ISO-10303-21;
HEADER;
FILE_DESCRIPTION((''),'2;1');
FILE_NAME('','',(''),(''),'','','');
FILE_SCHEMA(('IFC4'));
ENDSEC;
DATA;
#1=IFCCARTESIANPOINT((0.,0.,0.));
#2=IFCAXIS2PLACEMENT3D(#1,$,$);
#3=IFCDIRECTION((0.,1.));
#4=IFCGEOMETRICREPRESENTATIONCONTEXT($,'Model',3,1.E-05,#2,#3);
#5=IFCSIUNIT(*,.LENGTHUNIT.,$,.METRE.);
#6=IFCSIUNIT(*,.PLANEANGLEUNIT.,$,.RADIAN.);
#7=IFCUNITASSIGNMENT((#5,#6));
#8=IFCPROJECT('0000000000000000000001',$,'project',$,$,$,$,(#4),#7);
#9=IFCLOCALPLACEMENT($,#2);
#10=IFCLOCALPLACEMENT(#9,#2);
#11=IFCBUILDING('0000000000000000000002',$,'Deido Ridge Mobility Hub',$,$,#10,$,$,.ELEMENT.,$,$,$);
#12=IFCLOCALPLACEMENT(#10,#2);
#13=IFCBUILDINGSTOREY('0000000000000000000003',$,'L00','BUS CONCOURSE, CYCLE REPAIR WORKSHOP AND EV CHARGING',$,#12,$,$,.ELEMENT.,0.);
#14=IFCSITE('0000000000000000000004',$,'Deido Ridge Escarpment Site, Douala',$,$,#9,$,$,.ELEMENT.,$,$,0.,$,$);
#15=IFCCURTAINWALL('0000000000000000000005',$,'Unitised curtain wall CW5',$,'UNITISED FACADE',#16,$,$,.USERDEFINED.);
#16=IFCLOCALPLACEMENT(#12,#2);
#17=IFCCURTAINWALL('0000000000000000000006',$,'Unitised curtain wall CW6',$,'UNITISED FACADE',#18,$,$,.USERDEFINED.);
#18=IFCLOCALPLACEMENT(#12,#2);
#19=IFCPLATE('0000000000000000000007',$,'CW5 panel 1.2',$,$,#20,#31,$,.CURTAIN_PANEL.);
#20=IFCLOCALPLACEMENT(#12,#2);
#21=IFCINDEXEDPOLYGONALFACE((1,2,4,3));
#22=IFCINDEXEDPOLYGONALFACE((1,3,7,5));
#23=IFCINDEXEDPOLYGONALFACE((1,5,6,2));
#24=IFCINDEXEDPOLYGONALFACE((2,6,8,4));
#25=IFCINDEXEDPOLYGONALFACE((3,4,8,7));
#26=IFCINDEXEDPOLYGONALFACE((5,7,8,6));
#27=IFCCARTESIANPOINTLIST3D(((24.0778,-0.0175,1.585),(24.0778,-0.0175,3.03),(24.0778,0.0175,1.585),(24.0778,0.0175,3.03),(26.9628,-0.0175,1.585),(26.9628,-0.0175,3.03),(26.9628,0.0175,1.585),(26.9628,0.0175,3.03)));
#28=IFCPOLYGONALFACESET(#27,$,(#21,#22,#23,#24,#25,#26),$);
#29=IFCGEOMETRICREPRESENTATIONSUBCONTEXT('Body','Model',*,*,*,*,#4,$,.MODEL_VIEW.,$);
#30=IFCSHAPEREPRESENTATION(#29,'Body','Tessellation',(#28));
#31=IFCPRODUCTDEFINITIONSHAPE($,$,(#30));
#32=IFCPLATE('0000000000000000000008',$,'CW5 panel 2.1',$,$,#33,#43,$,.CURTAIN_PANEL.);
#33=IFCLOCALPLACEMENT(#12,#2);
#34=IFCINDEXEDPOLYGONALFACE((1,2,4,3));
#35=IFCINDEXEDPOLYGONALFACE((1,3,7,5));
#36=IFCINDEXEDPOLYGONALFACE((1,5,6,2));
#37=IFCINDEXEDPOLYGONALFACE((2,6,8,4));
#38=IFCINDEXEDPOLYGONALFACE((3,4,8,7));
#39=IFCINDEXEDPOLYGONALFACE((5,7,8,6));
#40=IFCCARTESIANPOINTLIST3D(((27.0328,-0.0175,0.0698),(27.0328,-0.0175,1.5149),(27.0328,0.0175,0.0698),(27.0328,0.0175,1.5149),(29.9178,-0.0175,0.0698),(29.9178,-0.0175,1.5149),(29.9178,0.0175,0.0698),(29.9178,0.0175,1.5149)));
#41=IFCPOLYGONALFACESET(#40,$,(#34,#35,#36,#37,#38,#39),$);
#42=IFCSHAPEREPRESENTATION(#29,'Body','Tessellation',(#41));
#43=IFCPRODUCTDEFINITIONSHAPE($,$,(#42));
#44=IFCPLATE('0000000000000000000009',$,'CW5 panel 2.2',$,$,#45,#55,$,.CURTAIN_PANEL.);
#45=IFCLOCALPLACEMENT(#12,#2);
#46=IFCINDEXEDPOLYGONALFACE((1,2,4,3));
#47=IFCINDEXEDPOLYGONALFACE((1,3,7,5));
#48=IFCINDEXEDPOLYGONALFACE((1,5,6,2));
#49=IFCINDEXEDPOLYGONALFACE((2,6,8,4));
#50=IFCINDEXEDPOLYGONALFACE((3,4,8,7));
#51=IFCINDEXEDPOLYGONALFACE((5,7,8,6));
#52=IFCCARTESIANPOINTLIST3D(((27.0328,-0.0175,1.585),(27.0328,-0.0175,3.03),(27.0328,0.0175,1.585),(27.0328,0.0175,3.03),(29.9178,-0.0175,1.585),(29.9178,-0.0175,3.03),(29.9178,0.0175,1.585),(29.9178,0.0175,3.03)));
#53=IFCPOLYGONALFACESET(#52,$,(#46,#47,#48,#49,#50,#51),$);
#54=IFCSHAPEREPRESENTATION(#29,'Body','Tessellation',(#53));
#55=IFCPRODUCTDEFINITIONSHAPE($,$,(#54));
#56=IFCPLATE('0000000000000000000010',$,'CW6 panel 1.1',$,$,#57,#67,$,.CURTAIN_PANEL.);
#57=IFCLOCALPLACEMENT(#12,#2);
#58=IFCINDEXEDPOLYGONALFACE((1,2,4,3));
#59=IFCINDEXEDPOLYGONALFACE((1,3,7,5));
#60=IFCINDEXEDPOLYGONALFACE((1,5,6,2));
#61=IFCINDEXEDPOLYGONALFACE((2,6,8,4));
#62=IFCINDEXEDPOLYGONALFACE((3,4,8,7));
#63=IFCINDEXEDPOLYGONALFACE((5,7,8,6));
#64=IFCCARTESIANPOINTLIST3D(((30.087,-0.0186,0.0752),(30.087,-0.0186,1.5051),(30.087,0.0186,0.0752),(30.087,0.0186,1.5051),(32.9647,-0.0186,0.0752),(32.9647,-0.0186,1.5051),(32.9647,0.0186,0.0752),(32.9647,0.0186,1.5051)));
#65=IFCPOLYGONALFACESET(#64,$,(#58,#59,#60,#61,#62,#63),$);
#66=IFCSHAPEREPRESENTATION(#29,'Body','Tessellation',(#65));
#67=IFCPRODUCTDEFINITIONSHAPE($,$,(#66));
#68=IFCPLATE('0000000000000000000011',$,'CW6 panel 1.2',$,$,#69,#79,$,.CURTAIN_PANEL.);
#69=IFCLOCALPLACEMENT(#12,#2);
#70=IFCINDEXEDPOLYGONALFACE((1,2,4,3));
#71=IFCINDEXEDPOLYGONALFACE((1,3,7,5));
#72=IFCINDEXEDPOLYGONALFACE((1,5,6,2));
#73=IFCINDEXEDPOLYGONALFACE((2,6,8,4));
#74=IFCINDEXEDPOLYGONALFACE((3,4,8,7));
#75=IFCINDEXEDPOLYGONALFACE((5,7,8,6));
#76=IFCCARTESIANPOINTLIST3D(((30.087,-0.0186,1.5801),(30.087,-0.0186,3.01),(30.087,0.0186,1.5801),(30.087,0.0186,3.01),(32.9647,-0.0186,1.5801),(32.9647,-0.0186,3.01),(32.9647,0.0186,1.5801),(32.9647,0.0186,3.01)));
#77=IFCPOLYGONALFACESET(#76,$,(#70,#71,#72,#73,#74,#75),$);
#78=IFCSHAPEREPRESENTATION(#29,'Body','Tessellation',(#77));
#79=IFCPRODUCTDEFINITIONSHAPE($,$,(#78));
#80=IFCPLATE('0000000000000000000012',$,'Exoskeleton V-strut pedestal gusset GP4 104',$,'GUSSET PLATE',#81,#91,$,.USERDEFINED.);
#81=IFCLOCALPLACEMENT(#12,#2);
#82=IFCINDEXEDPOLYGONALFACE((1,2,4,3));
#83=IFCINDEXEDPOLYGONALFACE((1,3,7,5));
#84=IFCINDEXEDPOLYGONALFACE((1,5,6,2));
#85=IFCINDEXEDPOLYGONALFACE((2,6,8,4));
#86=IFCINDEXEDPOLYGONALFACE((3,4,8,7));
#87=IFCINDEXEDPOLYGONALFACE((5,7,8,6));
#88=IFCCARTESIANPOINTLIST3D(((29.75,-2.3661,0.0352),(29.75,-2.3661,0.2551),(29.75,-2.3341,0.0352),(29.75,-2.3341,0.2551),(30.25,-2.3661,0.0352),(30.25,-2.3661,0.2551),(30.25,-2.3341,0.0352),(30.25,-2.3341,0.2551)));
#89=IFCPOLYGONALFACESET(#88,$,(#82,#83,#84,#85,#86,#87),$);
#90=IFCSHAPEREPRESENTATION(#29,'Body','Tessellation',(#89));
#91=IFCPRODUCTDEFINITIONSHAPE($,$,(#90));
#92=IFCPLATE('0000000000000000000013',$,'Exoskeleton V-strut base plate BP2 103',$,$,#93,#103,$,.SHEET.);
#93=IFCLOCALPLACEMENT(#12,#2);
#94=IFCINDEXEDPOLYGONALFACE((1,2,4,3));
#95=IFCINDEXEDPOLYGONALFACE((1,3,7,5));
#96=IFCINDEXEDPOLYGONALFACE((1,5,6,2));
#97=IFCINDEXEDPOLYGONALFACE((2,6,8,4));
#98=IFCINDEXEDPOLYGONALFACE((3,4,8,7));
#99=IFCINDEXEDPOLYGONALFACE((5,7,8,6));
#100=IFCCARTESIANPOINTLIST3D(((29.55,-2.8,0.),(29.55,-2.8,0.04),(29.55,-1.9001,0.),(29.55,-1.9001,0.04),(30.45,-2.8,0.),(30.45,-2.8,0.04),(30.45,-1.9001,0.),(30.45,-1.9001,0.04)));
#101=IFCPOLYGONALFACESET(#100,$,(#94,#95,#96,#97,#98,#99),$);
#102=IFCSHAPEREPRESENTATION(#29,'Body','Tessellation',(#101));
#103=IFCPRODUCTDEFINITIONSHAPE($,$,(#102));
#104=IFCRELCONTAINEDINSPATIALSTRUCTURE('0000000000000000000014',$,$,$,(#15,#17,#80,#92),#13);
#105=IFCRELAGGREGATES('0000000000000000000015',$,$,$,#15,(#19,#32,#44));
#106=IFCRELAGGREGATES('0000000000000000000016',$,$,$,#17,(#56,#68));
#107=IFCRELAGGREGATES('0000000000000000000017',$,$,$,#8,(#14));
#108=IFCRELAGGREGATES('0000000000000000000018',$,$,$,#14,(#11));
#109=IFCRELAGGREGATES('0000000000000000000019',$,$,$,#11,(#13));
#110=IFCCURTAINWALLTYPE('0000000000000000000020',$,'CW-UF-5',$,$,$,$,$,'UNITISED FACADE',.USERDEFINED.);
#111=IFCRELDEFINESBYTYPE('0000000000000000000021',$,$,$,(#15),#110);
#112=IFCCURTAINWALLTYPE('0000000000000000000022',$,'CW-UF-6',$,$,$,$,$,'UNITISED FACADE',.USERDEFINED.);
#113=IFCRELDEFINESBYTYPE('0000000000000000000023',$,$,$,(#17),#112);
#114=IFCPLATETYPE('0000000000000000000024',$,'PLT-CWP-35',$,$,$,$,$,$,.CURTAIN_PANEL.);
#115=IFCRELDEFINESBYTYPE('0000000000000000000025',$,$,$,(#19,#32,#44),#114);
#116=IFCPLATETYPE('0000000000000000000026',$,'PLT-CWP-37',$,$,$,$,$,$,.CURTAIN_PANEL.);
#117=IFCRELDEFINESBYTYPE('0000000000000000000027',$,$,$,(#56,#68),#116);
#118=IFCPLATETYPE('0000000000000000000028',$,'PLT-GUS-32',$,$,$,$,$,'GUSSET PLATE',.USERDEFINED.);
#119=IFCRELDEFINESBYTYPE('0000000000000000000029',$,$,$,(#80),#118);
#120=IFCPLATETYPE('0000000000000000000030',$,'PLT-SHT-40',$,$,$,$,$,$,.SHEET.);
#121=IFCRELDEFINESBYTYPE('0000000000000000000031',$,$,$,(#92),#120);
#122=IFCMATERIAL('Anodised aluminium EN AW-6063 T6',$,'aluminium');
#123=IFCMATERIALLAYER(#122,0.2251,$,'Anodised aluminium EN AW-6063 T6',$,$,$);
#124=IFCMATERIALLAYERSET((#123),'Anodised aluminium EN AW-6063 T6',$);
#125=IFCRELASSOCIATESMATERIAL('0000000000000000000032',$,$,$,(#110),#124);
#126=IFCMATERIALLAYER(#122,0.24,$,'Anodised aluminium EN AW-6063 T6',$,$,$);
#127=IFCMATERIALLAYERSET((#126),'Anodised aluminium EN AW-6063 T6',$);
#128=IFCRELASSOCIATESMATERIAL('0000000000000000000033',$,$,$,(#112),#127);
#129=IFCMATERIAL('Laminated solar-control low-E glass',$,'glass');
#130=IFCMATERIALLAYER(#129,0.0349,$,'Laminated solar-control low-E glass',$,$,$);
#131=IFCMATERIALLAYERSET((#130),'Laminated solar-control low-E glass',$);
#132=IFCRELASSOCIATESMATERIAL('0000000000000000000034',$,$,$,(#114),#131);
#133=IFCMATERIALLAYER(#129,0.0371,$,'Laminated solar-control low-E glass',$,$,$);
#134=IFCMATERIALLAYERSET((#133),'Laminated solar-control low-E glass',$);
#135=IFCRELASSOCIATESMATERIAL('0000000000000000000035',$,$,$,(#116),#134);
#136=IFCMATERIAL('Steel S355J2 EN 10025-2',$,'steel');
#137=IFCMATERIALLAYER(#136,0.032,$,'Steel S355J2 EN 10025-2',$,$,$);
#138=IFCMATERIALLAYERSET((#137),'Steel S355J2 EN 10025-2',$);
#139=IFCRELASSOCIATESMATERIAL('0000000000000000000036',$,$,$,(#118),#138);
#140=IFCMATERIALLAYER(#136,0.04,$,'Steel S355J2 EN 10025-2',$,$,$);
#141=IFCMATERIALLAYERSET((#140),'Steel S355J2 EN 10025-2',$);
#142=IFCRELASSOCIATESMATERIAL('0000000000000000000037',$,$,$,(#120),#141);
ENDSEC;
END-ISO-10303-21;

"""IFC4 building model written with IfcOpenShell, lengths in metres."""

from ifc_helpers import new_model, si_unit, direction, frame, origin, origin_2d, place, context, subcontext, project, spatial, rectangle, extrude, material, layer, layer_set, type_object, element, aggregate, save


model = new_model("IFC4")

# Units and contexts
model_context = context("Model", 3, precision=1e-05, world=origin(), true_north=direction((0.0, 1.0)))
body_context = subcontext(model_context, "Body", "Model", "MODEL_VIEW")
ifc_project = project(units=[si_unit("LENGTHUNIT", "METRE"), si_unit("PLANEANGLEUNIT", "RADIAN")], contexts=[model_context])

# Site, building, storey
site_placement = place(None, origin())
site = spatial("IfcSite", under=ifc_project, at=site_placement, Name="Deido Ridge Escarpment Site, Douala", CompositionType="ELEMENT", RefElevation=0.0)
building_placement = place(site_placement, origin())
building = spatial("IfcBuilding", under=site, at=building_placement, Name="Deido Ridge Mobility Hub", CompositionType="ELEMENT")
storey_placement = place(building_placement, origin())
storey = spatial("IfcBuildingStorey", under=building, at=storey_placement, Name="L00", Description="BUS CONCOURSE, CYCLE REPAIR WORKSHOP AND EV CHARGING", CompositionType="ELEMENT", Elevation=0.0)

# Shared definitions
ifc_material_1 = material(Name="Steel S355J2 EN 10025-2", Category="steel")

# Shared definitions
ifc_material_2 = material(Name="Anodised aluminium EN AW-6063 T6", Category="aluminium")

# Curtain walls
ifc_layer_1 = layer(ifc_material_2, 0.2251, Name="Anodised aluminium EN AW-6063 T6")
ifc_layer_set_1 = layer_set([ifc_layer_1], Name="Anodised aluminium EN AW-6063 T6")
curtain_wall_type_1 = type_object("IfcCurtainWallType", Name="CW-UF-5", ElementType="UNITISED FACADE", PredefinedType="USERDEFINED", material=ifc_layer_set_1)
curtain_wall_1_placement = place(storey_placement, origin())
curtain_wall_1 = element("IfcCurtainWall", 1, at=curtain_wall_1_placement, inside=storey, type_object=curtain_wall_type_1, Name="Unitised curtain wall CW5", ObjectType="UNITISED FACADE", PredefinedType="USERDEFINED")
ifc_layer_2 = layer(ifc_material_2, 0.24, Name="Anodised aluminium EN AW-6063 T6")
ifc_layer_set_2 = layer_set([ifc_layer_2], Name="Anodised aluminium EN AW-6063 T6")
curtain_wall_type_2 = type_object("IfcCurtainWallType", Name="CW-UF-6", ElementType="UNITISED FACADE", PredefinedType="USERDEFINED", material=ifc_layer_set_2)
curtain_wall_2_placement = place(storey_placement, origin())
curtain_wall_2 = element("IfcCurtainWall", 2, at=curtain_wall_2_placement, inside=storey, type_object=curtain_wall_type_2, Name="Unitised curtain wall CW6", ObjectType="UNITISED FACADE", PredefinedType="USERDEFINED")

# Plates
ifc_material_3 = material(Name="Laminated solar-control low-E glass", Category="glass")
ifc_layer_3 = layer(ifc_material_3, 0.0349, Name="Laminated solar-control low-E glass")
ifc_layer_set_3 = layer_set([ifc_layer_3], Name="Laminated solar-control low-E glass")
plate_type_1 = type_object("IfcPlateType", Name="PLT-CWP-35", PredefinedType="CURTAIN_PANEL", material=ifc_layer_set_3)
plate_1_placement = place(storey_placement, frame((25.5203, 0.0, 1.585), z_axis=(0.0, 0.0, 1.0), x_axis=(1.0, 0.0, 0.0)))
plate_1 = element("IfcPlate", 3, at=plate_1_placement, type_object=plate_type_1, Name="CW5 panel 1.2", PredefinedType="CURTAIN_PANEL", context=body_context, shape_type="SweptSolid", body=[
    extrude(rectangle(XDim=2.885, YDim=0.0349, at=origin_2d()), origin(), (0.0, 0.0, 1.0), 1.4451),
])
plate_2_placement = place(storey_placement, frame((28.4753, 0.0, 0.0698), z_axis=(0.0, 0.0, 1.0), x_axis=(1.0, 0.0, 0.0)))
plate_2 = element("IfcPlate", 4, at=plate_2_placement, type_object=plate_type_1, Name="CW5 panel 2.1", PredefinedType="CURTAIN_PANEL", context=body_context, shape_type="SweptSolid", body=[
    extrude(rectangle(XDim=2.885, YDim=0.0349, at=origin_2d()), origin(), (0.0, 0.0, 1.0), 1.4451),
])
plate_3_placement = place(storey_placement, frame((28.4753, 0.0, 1.585), z_axis=(0.0, 0.0, 1.0), x_axis=(1.0, 0.0, 0.0)))
plate_3 = element("IfcPlate", 5, at=plate_3_placement, type_object=plate_type_1, Name="CW5 panel 2.2", PredefinedType="CURTAIN_PANEL", context=body_context, shape_type="SweptSolid", body=[
    extrude(rectangle(XDim=2.885, YDim=0.0349, at=origin_2d()), origin(), (0.0, 0.0, 1.0), 1.4451),
])
aggregate(curtain_wall_1, [plate_1, plate_2, plate_3])
ifc_layer_4 = layer(ifc_material_3, 0.0371, Name="Laminated solar-control low-E glass")
ifc_layer_set_4 = layer_set([ifc_layer_4], Name="Laminated solar-control low-E glass")
plate_type_2 = type_object("IfcPlateType", Name="PLT-CWP-37", PredefinedType="CURTAIN_PANEL", material=ifc_layer_set_4)
plate_4_placement = place(storey_placement, frame((31.5259, 0.0, 0.0752), z_axis=(0.0, 0.0, 1.0), x_axis=(1.0, 0.0, 0.0)))
plate_4 = element("IfcPlate", 6, at=plate_4_placement, type_object=plate_type_2, Name="CW6 panel 1.1", PredefinedType="CURTAIN_PANEL", context=body_context, shape_type="SweptSolid", body=[
    extrude(rectangle(XDim=2.8777, YDim=0.0371, at=origin_2d()), origin(), (0.0, 0.0, 1.0), 1.4299),
])
plate_5_placement = place(storey_placement, frame((31.5259, 0.0, 1.5801), z_axis=(0.0, 0.0, 1.0), x_axis=(1.0, 0.0, 0.0)))
plate_5 = element("IfcPlate", 7, at=plate_5_placement, type_object=plate_type_2, Name="CW6 panel 1.2", PredefinedType="CURTAIN_PANEL", context=body_context, shape_type="SweptSolid", body=[
    extrude(rectangle(XDim=2.8777, YDim=0.0371, at=origin_2d()), origin(), (0.0, 0.0, 1.0), 1.4299),
])
aggregate(curtain_wall_2, [plate_4, plate_5])

# Plates
ifc_layer_5 = layer(ifc_material_1, 0.032, Name="Steel S355J2 EN 10025-2")
ifc_layer_set_5 = layer_set([ifc_layer_5], Name="Steel S355J2 EN 10025-2")
plate_type_3 = type_object("IfcPlateType", Name="PLT-GUS-32", ElementType="GUSSET PLATE", PredefinedType="USERDEFINED", material=ifc_layer_set_5)
plate_6_placement = place(storey_placement, frame((30.0, -2.3501, 0.0352), z_axis=(0.0, 0.0, 1.0), x_axis=(1.0, 0.0, 0.0)))
element("IfcPlate", 8, at=plate_6_placement, inside=storey, type_object=plate_type_3, Name="Exoskeleton V-strut pedestal gusset GP4 104", ObjectType="GUSSET PLATE", PredefinedType="USERDEFINED", context=body_context, shape_type="SweptSolid", body=[
    extrude(rectangle(XDim=0.5, YDim=0.032, at=origin_2d()), origin(), (0.0, 0.0, 1.0), 0.22),
])
ifc_layer_6 = layer(ifc_material_1, 0.04, Name="Steel S355J2 EN 10025-2")
ifc_layer_set_6 = layer_set([ifc_layer_6], Name="Steel S355J2 EN 10025-2")
plate_type_4 = type_object("IfcPlateType", Name="PLT-SHT-40", PredefinedType="SHEET", material=ifc_layer_set_6)
plate_7_placement = place(storey_placement, frame((30.0, -2.3501, 0.0), z_axis=(0.0, 0.0, 1.0), x_axis=(1.0, 0.0, 0.0)))
element("IfcPlate", 9, at=plate_7_placement, inside=storey, type_object=plate_type_4, Name="Exoskeleton V-strut base plate BP2 103", PredefinedType="SHEET", context=body_context, shape_type="SweptSolid", body=[
    extrude(rectangle(XDim=0.8999, YDim=0.8999, at=origin_2d()), origin(), (0.0, 0.0, 1.0), 0.04),
])

save(model, "model.ifc")
